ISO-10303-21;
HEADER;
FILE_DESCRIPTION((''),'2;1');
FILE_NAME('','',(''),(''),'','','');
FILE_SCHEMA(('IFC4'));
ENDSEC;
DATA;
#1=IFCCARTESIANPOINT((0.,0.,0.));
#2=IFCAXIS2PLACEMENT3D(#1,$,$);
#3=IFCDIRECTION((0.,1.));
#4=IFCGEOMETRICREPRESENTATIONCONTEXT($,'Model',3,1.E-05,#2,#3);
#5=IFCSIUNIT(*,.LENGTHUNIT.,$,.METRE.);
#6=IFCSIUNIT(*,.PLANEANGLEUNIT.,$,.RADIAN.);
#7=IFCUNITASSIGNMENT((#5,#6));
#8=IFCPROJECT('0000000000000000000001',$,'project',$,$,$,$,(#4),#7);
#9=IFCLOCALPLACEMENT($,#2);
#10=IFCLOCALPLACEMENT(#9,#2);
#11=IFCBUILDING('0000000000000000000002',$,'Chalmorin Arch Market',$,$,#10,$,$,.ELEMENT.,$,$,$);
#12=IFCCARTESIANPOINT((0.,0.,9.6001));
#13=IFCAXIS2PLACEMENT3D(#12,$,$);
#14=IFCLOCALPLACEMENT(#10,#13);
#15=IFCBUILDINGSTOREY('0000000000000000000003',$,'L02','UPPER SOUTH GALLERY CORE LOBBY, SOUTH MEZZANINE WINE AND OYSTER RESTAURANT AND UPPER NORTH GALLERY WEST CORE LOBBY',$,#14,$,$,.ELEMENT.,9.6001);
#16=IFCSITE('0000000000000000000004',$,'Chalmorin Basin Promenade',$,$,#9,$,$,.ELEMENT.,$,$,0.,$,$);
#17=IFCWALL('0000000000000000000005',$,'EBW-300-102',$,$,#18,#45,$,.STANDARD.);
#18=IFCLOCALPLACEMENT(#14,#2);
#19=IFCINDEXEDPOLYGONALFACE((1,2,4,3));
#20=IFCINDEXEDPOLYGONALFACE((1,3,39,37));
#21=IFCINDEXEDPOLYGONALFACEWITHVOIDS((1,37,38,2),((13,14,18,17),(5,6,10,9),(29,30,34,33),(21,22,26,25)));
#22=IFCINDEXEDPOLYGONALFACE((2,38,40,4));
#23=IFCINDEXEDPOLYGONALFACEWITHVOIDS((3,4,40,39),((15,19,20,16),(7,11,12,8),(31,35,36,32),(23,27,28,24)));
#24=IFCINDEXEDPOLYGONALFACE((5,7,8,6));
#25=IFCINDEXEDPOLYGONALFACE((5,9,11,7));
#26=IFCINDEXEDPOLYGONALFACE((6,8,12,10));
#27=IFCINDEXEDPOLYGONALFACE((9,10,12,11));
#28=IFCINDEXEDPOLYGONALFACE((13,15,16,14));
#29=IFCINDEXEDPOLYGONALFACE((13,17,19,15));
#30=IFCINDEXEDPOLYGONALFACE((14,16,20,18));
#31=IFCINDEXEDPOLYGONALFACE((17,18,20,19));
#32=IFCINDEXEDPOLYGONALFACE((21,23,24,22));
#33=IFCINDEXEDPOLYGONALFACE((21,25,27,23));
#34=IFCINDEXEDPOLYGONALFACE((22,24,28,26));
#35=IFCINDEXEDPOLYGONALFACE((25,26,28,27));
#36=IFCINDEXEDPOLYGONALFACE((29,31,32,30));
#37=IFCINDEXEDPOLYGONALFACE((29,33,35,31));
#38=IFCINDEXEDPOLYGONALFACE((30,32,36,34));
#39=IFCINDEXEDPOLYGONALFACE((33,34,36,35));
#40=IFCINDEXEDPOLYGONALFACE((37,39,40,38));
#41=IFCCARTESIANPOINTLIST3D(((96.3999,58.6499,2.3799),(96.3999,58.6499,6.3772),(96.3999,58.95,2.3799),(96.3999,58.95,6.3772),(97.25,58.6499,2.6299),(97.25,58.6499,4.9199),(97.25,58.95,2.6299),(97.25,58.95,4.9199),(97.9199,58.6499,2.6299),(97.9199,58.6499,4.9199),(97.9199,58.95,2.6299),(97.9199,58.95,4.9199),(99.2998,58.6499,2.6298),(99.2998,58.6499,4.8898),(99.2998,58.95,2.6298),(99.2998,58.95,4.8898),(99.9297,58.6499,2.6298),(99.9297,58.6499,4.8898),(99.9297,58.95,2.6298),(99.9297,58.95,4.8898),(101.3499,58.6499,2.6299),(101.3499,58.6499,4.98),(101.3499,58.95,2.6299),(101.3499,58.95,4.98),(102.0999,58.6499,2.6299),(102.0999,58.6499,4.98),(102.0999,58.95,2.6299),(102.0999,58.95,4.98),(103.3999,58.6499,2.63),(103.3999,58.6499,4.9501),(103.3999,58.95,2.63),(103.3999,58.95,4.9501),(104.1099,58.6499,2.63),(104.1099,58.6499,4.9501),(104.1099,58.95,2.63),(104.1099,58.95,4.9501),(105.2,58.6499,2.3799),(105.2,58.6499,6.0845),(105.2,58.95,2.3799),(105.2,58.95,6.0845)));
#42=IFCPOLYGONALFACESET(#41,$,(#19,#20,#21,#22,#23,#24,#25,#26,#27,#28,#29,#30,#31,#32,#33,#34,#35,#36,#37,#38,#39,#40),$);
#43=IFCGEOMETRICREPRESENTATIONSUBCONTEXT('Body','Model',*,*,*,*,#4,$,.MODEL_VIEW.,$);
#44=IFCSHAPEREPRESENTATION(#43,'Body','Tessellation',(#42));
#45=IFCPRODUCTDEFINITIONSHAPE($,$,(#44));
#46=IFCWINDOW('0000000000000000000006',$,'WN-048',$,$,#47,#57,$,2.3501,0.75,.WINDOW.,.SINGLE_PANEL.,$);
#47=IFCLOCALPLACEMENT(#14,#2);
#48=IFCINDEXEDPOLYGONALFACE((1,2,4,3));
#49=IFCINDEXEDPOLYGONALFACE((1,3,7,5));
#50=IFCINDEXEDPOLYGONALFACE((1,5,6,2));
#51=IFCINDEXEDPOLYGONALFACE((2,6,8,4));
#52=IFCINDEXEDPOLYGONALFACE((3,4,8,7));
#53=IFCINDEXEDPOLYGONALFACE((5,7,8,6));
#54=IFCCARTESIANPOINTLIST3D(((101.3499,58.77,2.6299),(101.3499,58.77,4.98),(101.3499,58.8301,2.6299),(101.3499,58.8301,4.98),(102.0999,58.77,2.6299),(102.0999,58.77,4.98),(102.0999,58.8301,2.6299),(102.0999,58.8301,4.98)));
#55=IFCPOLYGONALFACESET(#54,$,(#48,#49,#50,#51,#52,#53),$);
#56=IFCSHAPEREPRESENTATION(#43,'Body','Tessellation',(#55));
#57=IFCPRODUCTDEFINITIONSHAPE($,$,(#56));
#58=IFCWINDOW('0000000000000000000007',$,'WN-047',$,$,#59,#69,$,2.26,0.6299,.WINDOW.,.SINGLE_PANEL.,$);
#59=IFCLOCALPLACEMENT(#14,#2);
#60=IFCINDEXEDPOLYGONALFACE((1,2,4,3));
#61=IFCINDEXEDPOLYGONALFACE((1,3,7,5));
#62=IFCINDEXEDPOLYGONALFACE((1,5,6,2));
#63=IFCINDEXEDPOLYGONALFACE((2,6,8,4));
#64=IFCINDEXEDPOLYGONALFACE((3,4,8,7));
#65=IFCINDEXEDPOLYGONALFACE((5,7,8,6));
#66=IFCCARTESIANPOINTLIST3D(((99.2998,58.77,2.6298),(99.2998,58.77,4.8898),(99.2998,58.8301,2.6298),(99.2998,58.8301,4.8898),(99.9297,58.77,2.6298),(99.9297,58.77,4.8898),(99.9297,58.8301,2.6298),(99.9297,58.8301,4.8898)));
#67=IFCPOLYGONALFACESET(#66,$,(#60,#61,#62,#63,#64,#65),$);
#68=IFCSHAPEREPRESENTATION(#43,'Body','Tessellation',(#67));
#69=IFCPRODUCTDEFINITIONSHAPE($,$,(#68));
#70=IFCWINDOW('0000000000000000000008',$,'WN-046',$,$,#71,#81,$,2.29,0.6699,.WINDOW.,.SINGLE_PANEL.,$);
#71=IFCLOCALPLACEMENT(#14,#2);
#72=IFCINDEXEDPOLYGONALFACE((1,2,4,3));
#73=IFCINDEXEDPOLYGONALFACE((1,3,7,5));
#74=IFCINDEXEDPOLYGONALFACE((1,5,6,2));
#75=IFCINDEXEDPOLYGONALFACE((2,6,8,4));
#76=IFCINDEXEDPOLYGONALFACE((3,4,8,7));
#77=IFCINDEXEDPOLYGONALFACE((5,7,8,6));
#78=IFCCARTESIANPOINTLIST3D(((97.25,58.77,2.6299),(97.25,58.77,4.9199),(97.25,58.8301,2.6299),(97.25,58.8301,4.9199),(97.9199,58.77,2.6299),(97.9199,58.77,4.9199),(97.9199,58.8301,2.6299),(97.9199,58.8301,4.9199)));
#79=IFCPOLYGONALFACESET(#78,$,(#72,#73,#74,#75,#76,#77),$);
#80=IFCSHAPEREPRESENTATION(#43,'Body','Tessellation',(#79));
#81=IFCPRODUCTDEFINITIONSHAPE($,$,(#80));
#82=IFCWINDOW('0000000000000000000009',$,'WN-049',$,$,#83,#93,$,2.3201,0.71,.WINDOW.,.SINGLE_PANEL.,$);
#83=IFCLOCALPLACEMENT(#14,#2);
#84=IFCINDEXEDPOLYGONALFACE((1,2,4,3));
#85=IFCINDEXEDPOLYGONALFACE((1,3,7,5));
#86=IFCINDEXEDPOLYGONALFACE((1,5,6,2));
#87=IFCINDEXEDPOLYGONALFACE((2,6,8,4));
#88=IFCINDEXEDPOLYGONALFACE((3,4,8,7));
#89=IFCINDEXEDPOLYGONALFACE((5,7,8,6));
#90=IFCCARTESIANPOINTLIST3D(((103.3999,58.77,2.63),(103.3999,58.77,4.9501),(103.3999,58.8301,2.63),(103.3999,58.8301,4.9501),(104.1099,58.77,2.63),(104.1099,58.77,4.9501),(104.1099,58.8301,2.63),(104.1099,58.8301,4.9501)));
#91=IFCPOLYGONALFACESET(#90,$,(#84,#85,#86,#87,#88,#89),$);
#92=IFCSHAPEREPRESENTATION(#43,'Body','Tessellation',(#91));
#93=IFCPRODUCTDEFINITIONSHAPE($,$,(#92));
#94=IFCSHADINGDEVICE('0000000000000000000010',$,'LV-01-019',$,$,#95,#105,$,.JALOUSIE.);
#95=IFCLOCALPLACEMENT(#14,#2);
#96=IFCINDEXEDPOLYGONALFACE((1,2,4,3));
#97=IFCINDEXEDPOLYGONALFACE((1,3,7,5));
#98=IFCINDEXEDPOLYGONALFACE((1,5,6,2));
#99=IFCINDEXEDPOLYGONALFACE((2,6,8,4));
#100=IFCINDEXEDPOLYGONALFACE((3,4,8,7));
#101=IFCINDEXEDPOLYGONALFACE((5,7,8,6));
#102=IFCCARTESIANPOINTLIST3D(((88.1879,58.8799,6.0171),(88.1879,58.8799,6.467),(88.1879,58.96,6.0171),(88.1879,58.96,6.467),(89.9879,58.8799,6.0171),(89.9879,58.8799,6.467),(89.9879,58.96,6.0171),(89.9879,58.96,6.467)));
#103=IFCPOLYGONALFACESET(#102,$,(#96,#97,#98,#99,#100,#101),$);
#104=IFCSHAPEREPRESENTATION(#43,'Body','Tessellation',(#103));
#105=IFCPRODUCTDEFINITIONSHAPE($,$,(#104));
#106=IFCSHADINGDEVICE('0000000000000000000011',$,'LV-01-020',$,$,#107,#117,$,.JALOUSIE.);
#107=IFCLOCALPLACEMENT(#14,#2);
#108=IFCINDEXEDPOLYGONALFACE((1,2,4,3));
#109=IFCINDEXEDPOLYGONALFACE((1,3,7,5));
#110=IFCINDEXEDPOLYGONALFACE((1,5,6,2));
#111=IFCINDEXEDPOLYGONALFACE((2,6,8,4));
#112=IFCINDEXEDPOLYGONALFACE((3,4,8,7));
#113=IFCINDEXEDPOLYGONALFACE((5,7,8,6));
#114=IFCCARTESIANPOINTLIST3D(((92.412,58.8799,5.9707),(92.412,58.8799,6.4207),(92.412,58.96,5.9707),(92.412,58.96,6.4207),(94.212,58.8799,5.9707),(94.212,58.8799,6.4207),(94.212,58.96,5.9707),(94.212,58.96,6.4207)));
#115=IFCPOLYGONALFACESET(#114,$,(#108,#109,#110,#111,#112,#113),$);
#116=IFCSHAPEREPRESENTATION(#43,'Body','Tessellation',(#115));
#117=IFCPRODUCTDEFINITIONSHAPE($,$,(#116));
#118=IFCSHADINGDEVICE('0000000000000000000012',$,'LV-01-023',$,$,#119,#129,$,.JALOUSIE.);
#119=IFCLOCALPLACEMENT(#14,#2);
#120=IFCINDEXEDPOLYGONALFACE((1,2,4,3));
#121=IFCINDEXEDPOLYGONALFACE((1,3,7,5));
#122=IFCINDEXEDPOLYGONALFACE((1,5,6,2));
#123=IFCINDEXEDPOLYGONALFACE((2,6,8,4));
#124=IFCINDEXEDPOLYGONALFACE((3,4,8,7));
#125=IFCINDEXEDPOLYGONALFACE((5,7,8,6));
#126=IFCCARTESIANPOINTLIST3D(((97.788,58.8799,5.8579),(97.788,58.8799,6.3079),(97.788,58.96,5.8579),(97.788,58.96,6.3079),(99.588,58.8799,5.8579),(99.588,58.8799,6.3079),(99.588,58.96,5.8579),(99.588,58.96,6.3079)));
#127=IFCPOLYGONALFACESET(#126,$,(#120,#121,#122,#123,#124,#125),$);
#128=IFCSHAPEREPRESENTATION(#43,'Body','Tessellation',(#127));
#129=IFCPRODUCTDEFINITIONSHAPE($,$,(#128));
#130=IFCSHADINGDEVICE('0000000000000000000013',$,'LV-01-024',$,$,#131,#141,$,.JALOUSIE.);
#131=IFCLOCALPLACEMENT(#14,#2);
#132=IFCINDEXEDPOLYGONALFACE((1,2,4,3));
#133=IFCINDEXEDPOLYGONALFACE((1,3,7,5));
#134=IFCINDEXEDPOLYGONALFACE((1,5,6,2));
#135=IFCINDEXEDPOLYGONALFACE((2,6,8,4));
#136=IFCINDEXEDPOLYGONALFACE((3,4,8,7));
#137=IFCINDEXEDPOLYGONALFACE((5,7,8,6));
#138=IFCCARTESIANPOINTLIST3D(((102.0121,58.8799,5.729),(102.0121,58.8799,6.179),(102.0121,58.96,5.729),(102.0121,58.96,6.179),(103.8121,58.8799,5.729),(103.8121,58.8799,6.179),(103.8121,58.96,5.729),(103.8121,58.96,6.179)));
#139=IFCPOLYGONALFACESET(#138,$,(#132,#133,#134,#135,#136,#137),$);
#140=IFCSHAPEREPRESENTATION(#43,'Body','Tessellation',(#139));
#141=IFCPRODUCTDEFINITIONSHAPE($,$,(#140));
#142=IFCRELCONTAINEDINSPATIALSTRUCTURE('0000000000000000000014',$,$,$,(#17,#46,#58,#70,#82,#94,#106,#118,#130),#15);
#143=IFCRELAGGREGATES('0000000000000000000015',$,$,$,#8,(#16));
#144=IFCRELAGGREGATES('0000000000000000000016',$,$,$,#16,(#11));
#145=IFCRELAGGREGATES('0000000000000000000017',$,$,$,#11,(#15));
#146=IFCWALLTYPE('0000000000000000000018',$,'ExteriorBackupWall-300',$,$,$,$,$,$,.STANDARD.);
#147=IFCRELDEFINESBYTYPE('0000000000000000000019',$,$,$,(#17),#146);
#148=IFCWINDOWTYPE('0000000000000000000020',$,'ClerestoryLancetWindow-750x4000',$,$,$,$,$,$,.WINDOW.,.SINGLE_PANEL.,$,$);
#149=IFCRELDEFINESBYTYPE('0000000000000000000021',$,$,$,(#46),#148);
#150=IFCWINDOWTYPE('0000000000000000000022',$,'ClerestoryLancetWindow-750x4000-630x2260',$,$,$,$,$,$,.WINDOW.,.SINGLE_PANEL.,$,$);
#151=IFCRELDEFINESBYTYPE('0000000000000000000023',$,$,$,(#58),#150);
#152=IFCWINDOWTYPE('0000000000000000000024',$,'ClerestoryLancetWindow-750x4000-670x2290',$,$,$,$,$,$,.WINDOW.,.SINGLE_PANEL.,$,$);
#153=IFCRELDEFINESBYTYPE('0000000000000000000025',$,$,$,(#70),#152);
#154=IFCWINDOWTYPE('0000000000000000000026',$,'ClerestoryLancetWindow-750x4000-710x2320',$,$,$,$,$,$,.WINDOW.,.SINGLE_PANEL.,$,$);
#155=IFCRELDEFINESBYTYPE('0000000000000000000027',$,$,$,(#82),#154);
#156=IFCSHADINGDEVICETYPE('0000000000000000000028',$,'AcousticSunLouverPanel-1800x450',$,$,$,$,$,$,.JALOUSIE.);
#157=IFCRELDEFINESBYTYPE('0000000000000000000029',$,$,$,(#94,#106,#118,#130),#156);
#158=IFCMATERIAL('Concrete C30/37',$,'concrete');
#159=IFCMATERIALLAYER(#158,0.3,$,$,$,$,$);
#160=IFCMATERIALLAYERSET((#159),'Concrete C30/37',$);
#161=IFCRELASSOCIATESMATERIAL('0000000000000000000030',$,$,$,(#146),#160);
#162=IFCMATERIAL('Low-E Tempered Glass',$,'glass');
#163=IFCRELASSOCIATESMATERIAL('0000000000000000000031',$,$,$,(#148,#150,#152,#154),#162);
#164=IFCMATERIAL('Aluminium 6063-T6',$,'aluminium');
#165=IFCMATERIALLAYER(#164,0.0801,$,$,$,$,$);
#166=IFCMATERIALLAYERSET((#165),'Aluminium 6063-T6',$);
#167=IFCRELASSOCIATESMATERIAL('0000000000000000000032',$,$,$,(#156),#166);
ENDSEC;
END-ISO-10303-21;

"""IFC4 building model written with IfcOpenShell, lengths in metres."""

from ifc_helpers import new_model, si_unit, direction, frame, frame_2d, origin, origin_2d, place, context, subcontext, project, spatial, polyline, rectangle, outline, extrude, material, layer, layer_set, type_object, element, fill, save


model = new_model("IFC4")

# Units and contexts
model_context = context("Model", 3, precision=1e-05, world=origin(), true_north=direction((0.0, 1.0)))
body_context = subcontext(model_context, "Body", "Model", "MODEL_VIEW")
ifc_project = project(units=[si_unit("LENGTHUNIT", "METRE"), si_unit("PLANEANGLEUNIT", "RADIAN")], contexts=[model_context])

# Site, building, storey
site_placement = place(None, origin())
site = spatial("IfcSite", under=ifc_project, at=site_placement, Name="Chalmorin Basin Promenade", CompositionType="ELEMENT", RefElevation=0.0)
building_placement = place(site_placement, origin())
building = spatial("IfcBuilding", under=site, at=building_placement, Name="Chalmorin Arch Market", CompositionType="ELEMENT")
storey_placement = place(building_placement, frame((0.0, 0.0, 9.6001)))
storey = spatial("IfcBuildingStorey", under=building, at=storey_placement, Name="L02", Description="UPPER SOUTH GALLERY CORE LOBBY, SOUTH MEZZANINE WINE AND OYSTER RESTAURANT AND UPPER NORTH GALLERY WEST CORE LOBBY", CompositionType="ELEMENT", Elevation=9.6001)

# Shared definitions
ifc_material_1 = material(Name="Aluminium 6063-T6", Category="aluminium")

# Shared definitions
ifc_material_2 = material(Name="Low-E Tempered Glass", Category="glass")

# Shared definitions
ifc_material_3 = material(Name="Concrete C30/37", Category="concrete")
ifc_layer_1 = layer(ifc_material_3, 0.3)
ifc_layer_set_1 = layer_set([ifc_layer_1], Name="Concrete C30/37")
wall_type = type_object("IfcWallType", Name="ExteriorBackupWall-300", PredefinedType="STANDARD", material=ifc_layer_set_1)

# Wall, openings, windows
wall_1_placement = place(storey_placement, frame((96.3999, 58.8, 2.3799), z_axis=(0.0, 0.0, 1.0), x_axis=(1.0, 0.0, 0.0)))
wall_1 = element("IfcWall", 1, at=wall_1_placement, inside=storey, type_object=wall_type, Name="EBW-300-102", PredefinedType="STANDARD", context=body_context, shape_type="SweptSolid", body=[
    extrude(outline(polyline([(0.0, 0.0), (8.8, 0.0), (8.8, 3.7046), (0.0, 3.9973), (0.0, 0.0)])), frame((0.0, 0.1499, 0.0), z_axis=(0.0, -1.0, 0.0), x_axis=(1.0, 0.0, 0.0)), (0.0, 0.0, 1.0), 0.3),
])
opening_1_placement = place(wall_1_placement, frame((0.8501, 0.0, 0.25)))
opening_1 = element("IfcOpeningElement", 2, at=opening_1_placement, cuts=wall_1, PredefinedType="OPENING", context=body_context, shape_type="SweptSolid", body=[
    extrude(rectangle(XDim=0.6699, YDim=2.29, at=frame_2d((0.335, 1.145))), frame((0.0, 0.1599, 0.0), z_axis=(0.0, -1.0, 0.0), x_axis=(1.0, 0.0, 0.0)), (0.0, 0.0, 1.0), 0.3201),
])
opening_2_placement = place(wall_1_placement, frame((2.8999, 0.0, 0.25)))
opening_2 = element("IfcOpeningElement", 3, at=opening_2_placement, cuts=wall_1, PredefinedType="OPENING", context=body_context, shape_type="SweptSolid", body=[
    extrude(rectangle(XDim=0.6299, YDim=2.26, at=frame_2d((0.3149, 1.1299))), frame((0.0, 0.1599, 0.0), z_axis=(0.0, -1.0, 0.0), x_axis=(1.0, 0.0, 0.0)), (0.0, 0.0, 1.0), 0.3201),
])
opening_3_placement = place(wall_1_placement, frame((4.95, 0.0, 0.25)))
opening_3 = element("IfcOpeningElement", 4, at=opening_3_placement, cuts=wall_1, PredefinedType="OPENING", context=body_context, shape_type="SweptSolid", body=[
    extrude(rectangle(XDim=0.75, YDim=2.3501, at=frame_2d((0.375, 1.175))), frame((0.0, 0.1599, 0.0), z_axis=(0.0, -1.0, 0.0), x_axis=(1.0, 0.0, 0.0)), (0.0, 0.0, 1.0), 0.3201),
])
opening_4_placement = place(wall_1_placement, frame((7.0, 0.0, 0.25)))
opening_4 = element("IfcOpeningElement", 5, at=opening_4_placement, cuts=wall_1, PredefinedType="OPENING", context=body_context, shape_type="SweptSolid", body=[
    extrude(rectangle(XDim=0.71, YDim=2.3201, at=frame_2d((0.355, 1.1602))), frame((0.0, 0.1599, 0.0), z_axis=(0.0, -1.0, 0.0), x_axis=(1.0, 0.0, 0.0)), (0.0, 0.0, 1.0), 0.3201),
])
window_type_1 = type_object("IfcWindowType", Name="ClerestoryLancetWindow-750x4000", PartitioningType="SINGLE_PANEL", PredefinedType="WINDOW", material=ifc_material_2)
window_1_placement = place(opening_3_placement, origin())
window_1 = element("IfcWindow", 6, at=window_1_placement, inside=storey, type_object=window_type_1, Name="WN-048", OverallHeight=2.3501, OverallWidth=0.75, PartitioningType="SINGLE_PANEL", PredefinedType="WINDOW", context=body_context, shape_type="SweptSolid", body=[
    extrude(rectangle(XDim=0.75, YDim=2.3501, at=frame_2d((0.375, 1.175))), frame((0.0, 0.03, 0.0), z_axis=(0.0, -1.0, 0.0), x_axis=(1.0, 0.0, 0.0)), (0.0, 0.0, 1.0), 0.0601),
])
fill(opening_3, window_1)
window_type_2 = type_object("IfcWindowType", Name="ClerestoryLancetWindow-750x4000-630x2260", PartitioningType="SINGLE_PANEL", PredefinedType="WINDOW", material=ifc_material_2)
window_2_placement = place(opening_2_placement, origin())
window_2 = element("IfcWindow", 7, at=window_2_placement, inside=storey, type_object=window_type_2, Name="WN-047", OverallHeight=2.26, OverallWidth=0.6299, PartitioningType="SINGLE_PANEL", PredefinedType="WINDOW", context=body_context, shape_type="SweptSolid", body=[
    extrude(rectangle(XDim=0.6299, YDim=2.26, at=frame_2d((0.3149, 1.1299))), frame((0.0, 0.03, 0.0), z_axis=(0.0, -1.0, 0.0), x_axis=(1.0, 0.0, 0.0)), (0.0, 0.0, 1.0), 0.0601),
])
fill(opening_2, window_2)
window_type_3 = type_object("IfcWindowType", Name="ClerestoryLancetWindow-750x4000-670x2290", PartitioningType="SINGLE_PANEL", PredefinedType="WINDOW", material=ifc_material_2)
window_3_placement = place(opening_1_placement, origin())
window_3 = element("IfcWindow", 8, at=window_3_placement, inside=storey, type_object=window_type_3, Name="WN-046", OverallHeight=2.29, OverallWidth=0.6699, PartitioningType="SINGLE_PANEL", PredefinedType="WINDOW", context=body_context, shape_type="SweptSolid", body=[
    extrude(rectangle(XDim=0.6699, YDim=2.29, at=frame_2d((0.335, 1.145))), frame((0.0, 0.03, 0.0), z_axis=(0.0, -1.0, 0.0), x_axis=(1.0, 0.0, 0.0)), (0.0, 0.0, 1.0), 0.0601),
])
fill(opening_1, window_3)
window_type_4 = type_object("IfcWindowType", Name="ClerestoryLancetWindow-750x4000-710x2320", PartitioningType="SINGLE_PANEL", PredefinedType="WINDOW", material=ifc_material_2)
window_4_placement = place(opening_4_placement, origin())
window_4 = element("IfcWindow", 9, at=window_4_placement, inside=storey, type_object=window_type_4, Name="WN-049", OverallHeight=2.3201, OverallWidth=0.71, PartitioningType="SINGLE_PANEL", PredefinedType="WINDOW", context=body_context, shape_type="SweptSolid", body=[
    extrude(rectangle(XDim=0.71, YDim=2.3201, at=frame_2d((0.355, 1.1602))), frame((0.0, 0.03, 0.0), z_axis=(0.0, -1.0, 0.0), x_axis=(1.0, 0.0, 0.0)), (0.0, 0.0, 1.0), 0.0601),
])
fill(opening_4, window_4)

# Shading devices
ifc_layer_2 = layer(ifc_material_1, 0.0801)
ifc_layer_set_2 = layer_set([ifc_layer_2], Name="Aluminium 6063-T6")
shading_device_type = type_object("IfcShadingDeviceType", Name="AcousticSunLouverPanel-1800x450", PredefinedType="JALOUSIE", material=ifc_layer_set_2)
for number, where, z_axis, x_axis, name in (
    (10, (89.0879, 58.9199, 6.0171), (0.0, 0.0, 1.0), (1.0, 0.0, 0.0), "LV-01-019"),
    (11, (93.312, 58.9199, 5.9707), (0.0, 0.0, 1.0), (1.0, 0.0, 0.0), "LV-01-020"),
    (12, (98.688, 58.9199, 5.8579), (0.0, 0.0, 1.0), (1.0, 0.0, 0.0), "LV-01-023"),
    (13, (102.9121, 58.9199, 5.729), (0.0, 0.0, 1.0), (1.0, 0.0, 0.0), "LV-01-024"),
):
    element("IfcShadingDevice", number, at=place(storey_placement, frame(where, z_axis=z_axis, x_axis=x_axis)), inside=storey, type_object=shading_device_type, Name=name, PredefinedType="JALOUSIE", context=body_context, shape_type="SweptSolid", body=[
        extrude(rectangle(XDim=1.8, YDim=0.0801, at=origin_2d()), origin(), (0.0, 0.0, 1.0), 0.45),
    ])

save(model, "model.ifc")
